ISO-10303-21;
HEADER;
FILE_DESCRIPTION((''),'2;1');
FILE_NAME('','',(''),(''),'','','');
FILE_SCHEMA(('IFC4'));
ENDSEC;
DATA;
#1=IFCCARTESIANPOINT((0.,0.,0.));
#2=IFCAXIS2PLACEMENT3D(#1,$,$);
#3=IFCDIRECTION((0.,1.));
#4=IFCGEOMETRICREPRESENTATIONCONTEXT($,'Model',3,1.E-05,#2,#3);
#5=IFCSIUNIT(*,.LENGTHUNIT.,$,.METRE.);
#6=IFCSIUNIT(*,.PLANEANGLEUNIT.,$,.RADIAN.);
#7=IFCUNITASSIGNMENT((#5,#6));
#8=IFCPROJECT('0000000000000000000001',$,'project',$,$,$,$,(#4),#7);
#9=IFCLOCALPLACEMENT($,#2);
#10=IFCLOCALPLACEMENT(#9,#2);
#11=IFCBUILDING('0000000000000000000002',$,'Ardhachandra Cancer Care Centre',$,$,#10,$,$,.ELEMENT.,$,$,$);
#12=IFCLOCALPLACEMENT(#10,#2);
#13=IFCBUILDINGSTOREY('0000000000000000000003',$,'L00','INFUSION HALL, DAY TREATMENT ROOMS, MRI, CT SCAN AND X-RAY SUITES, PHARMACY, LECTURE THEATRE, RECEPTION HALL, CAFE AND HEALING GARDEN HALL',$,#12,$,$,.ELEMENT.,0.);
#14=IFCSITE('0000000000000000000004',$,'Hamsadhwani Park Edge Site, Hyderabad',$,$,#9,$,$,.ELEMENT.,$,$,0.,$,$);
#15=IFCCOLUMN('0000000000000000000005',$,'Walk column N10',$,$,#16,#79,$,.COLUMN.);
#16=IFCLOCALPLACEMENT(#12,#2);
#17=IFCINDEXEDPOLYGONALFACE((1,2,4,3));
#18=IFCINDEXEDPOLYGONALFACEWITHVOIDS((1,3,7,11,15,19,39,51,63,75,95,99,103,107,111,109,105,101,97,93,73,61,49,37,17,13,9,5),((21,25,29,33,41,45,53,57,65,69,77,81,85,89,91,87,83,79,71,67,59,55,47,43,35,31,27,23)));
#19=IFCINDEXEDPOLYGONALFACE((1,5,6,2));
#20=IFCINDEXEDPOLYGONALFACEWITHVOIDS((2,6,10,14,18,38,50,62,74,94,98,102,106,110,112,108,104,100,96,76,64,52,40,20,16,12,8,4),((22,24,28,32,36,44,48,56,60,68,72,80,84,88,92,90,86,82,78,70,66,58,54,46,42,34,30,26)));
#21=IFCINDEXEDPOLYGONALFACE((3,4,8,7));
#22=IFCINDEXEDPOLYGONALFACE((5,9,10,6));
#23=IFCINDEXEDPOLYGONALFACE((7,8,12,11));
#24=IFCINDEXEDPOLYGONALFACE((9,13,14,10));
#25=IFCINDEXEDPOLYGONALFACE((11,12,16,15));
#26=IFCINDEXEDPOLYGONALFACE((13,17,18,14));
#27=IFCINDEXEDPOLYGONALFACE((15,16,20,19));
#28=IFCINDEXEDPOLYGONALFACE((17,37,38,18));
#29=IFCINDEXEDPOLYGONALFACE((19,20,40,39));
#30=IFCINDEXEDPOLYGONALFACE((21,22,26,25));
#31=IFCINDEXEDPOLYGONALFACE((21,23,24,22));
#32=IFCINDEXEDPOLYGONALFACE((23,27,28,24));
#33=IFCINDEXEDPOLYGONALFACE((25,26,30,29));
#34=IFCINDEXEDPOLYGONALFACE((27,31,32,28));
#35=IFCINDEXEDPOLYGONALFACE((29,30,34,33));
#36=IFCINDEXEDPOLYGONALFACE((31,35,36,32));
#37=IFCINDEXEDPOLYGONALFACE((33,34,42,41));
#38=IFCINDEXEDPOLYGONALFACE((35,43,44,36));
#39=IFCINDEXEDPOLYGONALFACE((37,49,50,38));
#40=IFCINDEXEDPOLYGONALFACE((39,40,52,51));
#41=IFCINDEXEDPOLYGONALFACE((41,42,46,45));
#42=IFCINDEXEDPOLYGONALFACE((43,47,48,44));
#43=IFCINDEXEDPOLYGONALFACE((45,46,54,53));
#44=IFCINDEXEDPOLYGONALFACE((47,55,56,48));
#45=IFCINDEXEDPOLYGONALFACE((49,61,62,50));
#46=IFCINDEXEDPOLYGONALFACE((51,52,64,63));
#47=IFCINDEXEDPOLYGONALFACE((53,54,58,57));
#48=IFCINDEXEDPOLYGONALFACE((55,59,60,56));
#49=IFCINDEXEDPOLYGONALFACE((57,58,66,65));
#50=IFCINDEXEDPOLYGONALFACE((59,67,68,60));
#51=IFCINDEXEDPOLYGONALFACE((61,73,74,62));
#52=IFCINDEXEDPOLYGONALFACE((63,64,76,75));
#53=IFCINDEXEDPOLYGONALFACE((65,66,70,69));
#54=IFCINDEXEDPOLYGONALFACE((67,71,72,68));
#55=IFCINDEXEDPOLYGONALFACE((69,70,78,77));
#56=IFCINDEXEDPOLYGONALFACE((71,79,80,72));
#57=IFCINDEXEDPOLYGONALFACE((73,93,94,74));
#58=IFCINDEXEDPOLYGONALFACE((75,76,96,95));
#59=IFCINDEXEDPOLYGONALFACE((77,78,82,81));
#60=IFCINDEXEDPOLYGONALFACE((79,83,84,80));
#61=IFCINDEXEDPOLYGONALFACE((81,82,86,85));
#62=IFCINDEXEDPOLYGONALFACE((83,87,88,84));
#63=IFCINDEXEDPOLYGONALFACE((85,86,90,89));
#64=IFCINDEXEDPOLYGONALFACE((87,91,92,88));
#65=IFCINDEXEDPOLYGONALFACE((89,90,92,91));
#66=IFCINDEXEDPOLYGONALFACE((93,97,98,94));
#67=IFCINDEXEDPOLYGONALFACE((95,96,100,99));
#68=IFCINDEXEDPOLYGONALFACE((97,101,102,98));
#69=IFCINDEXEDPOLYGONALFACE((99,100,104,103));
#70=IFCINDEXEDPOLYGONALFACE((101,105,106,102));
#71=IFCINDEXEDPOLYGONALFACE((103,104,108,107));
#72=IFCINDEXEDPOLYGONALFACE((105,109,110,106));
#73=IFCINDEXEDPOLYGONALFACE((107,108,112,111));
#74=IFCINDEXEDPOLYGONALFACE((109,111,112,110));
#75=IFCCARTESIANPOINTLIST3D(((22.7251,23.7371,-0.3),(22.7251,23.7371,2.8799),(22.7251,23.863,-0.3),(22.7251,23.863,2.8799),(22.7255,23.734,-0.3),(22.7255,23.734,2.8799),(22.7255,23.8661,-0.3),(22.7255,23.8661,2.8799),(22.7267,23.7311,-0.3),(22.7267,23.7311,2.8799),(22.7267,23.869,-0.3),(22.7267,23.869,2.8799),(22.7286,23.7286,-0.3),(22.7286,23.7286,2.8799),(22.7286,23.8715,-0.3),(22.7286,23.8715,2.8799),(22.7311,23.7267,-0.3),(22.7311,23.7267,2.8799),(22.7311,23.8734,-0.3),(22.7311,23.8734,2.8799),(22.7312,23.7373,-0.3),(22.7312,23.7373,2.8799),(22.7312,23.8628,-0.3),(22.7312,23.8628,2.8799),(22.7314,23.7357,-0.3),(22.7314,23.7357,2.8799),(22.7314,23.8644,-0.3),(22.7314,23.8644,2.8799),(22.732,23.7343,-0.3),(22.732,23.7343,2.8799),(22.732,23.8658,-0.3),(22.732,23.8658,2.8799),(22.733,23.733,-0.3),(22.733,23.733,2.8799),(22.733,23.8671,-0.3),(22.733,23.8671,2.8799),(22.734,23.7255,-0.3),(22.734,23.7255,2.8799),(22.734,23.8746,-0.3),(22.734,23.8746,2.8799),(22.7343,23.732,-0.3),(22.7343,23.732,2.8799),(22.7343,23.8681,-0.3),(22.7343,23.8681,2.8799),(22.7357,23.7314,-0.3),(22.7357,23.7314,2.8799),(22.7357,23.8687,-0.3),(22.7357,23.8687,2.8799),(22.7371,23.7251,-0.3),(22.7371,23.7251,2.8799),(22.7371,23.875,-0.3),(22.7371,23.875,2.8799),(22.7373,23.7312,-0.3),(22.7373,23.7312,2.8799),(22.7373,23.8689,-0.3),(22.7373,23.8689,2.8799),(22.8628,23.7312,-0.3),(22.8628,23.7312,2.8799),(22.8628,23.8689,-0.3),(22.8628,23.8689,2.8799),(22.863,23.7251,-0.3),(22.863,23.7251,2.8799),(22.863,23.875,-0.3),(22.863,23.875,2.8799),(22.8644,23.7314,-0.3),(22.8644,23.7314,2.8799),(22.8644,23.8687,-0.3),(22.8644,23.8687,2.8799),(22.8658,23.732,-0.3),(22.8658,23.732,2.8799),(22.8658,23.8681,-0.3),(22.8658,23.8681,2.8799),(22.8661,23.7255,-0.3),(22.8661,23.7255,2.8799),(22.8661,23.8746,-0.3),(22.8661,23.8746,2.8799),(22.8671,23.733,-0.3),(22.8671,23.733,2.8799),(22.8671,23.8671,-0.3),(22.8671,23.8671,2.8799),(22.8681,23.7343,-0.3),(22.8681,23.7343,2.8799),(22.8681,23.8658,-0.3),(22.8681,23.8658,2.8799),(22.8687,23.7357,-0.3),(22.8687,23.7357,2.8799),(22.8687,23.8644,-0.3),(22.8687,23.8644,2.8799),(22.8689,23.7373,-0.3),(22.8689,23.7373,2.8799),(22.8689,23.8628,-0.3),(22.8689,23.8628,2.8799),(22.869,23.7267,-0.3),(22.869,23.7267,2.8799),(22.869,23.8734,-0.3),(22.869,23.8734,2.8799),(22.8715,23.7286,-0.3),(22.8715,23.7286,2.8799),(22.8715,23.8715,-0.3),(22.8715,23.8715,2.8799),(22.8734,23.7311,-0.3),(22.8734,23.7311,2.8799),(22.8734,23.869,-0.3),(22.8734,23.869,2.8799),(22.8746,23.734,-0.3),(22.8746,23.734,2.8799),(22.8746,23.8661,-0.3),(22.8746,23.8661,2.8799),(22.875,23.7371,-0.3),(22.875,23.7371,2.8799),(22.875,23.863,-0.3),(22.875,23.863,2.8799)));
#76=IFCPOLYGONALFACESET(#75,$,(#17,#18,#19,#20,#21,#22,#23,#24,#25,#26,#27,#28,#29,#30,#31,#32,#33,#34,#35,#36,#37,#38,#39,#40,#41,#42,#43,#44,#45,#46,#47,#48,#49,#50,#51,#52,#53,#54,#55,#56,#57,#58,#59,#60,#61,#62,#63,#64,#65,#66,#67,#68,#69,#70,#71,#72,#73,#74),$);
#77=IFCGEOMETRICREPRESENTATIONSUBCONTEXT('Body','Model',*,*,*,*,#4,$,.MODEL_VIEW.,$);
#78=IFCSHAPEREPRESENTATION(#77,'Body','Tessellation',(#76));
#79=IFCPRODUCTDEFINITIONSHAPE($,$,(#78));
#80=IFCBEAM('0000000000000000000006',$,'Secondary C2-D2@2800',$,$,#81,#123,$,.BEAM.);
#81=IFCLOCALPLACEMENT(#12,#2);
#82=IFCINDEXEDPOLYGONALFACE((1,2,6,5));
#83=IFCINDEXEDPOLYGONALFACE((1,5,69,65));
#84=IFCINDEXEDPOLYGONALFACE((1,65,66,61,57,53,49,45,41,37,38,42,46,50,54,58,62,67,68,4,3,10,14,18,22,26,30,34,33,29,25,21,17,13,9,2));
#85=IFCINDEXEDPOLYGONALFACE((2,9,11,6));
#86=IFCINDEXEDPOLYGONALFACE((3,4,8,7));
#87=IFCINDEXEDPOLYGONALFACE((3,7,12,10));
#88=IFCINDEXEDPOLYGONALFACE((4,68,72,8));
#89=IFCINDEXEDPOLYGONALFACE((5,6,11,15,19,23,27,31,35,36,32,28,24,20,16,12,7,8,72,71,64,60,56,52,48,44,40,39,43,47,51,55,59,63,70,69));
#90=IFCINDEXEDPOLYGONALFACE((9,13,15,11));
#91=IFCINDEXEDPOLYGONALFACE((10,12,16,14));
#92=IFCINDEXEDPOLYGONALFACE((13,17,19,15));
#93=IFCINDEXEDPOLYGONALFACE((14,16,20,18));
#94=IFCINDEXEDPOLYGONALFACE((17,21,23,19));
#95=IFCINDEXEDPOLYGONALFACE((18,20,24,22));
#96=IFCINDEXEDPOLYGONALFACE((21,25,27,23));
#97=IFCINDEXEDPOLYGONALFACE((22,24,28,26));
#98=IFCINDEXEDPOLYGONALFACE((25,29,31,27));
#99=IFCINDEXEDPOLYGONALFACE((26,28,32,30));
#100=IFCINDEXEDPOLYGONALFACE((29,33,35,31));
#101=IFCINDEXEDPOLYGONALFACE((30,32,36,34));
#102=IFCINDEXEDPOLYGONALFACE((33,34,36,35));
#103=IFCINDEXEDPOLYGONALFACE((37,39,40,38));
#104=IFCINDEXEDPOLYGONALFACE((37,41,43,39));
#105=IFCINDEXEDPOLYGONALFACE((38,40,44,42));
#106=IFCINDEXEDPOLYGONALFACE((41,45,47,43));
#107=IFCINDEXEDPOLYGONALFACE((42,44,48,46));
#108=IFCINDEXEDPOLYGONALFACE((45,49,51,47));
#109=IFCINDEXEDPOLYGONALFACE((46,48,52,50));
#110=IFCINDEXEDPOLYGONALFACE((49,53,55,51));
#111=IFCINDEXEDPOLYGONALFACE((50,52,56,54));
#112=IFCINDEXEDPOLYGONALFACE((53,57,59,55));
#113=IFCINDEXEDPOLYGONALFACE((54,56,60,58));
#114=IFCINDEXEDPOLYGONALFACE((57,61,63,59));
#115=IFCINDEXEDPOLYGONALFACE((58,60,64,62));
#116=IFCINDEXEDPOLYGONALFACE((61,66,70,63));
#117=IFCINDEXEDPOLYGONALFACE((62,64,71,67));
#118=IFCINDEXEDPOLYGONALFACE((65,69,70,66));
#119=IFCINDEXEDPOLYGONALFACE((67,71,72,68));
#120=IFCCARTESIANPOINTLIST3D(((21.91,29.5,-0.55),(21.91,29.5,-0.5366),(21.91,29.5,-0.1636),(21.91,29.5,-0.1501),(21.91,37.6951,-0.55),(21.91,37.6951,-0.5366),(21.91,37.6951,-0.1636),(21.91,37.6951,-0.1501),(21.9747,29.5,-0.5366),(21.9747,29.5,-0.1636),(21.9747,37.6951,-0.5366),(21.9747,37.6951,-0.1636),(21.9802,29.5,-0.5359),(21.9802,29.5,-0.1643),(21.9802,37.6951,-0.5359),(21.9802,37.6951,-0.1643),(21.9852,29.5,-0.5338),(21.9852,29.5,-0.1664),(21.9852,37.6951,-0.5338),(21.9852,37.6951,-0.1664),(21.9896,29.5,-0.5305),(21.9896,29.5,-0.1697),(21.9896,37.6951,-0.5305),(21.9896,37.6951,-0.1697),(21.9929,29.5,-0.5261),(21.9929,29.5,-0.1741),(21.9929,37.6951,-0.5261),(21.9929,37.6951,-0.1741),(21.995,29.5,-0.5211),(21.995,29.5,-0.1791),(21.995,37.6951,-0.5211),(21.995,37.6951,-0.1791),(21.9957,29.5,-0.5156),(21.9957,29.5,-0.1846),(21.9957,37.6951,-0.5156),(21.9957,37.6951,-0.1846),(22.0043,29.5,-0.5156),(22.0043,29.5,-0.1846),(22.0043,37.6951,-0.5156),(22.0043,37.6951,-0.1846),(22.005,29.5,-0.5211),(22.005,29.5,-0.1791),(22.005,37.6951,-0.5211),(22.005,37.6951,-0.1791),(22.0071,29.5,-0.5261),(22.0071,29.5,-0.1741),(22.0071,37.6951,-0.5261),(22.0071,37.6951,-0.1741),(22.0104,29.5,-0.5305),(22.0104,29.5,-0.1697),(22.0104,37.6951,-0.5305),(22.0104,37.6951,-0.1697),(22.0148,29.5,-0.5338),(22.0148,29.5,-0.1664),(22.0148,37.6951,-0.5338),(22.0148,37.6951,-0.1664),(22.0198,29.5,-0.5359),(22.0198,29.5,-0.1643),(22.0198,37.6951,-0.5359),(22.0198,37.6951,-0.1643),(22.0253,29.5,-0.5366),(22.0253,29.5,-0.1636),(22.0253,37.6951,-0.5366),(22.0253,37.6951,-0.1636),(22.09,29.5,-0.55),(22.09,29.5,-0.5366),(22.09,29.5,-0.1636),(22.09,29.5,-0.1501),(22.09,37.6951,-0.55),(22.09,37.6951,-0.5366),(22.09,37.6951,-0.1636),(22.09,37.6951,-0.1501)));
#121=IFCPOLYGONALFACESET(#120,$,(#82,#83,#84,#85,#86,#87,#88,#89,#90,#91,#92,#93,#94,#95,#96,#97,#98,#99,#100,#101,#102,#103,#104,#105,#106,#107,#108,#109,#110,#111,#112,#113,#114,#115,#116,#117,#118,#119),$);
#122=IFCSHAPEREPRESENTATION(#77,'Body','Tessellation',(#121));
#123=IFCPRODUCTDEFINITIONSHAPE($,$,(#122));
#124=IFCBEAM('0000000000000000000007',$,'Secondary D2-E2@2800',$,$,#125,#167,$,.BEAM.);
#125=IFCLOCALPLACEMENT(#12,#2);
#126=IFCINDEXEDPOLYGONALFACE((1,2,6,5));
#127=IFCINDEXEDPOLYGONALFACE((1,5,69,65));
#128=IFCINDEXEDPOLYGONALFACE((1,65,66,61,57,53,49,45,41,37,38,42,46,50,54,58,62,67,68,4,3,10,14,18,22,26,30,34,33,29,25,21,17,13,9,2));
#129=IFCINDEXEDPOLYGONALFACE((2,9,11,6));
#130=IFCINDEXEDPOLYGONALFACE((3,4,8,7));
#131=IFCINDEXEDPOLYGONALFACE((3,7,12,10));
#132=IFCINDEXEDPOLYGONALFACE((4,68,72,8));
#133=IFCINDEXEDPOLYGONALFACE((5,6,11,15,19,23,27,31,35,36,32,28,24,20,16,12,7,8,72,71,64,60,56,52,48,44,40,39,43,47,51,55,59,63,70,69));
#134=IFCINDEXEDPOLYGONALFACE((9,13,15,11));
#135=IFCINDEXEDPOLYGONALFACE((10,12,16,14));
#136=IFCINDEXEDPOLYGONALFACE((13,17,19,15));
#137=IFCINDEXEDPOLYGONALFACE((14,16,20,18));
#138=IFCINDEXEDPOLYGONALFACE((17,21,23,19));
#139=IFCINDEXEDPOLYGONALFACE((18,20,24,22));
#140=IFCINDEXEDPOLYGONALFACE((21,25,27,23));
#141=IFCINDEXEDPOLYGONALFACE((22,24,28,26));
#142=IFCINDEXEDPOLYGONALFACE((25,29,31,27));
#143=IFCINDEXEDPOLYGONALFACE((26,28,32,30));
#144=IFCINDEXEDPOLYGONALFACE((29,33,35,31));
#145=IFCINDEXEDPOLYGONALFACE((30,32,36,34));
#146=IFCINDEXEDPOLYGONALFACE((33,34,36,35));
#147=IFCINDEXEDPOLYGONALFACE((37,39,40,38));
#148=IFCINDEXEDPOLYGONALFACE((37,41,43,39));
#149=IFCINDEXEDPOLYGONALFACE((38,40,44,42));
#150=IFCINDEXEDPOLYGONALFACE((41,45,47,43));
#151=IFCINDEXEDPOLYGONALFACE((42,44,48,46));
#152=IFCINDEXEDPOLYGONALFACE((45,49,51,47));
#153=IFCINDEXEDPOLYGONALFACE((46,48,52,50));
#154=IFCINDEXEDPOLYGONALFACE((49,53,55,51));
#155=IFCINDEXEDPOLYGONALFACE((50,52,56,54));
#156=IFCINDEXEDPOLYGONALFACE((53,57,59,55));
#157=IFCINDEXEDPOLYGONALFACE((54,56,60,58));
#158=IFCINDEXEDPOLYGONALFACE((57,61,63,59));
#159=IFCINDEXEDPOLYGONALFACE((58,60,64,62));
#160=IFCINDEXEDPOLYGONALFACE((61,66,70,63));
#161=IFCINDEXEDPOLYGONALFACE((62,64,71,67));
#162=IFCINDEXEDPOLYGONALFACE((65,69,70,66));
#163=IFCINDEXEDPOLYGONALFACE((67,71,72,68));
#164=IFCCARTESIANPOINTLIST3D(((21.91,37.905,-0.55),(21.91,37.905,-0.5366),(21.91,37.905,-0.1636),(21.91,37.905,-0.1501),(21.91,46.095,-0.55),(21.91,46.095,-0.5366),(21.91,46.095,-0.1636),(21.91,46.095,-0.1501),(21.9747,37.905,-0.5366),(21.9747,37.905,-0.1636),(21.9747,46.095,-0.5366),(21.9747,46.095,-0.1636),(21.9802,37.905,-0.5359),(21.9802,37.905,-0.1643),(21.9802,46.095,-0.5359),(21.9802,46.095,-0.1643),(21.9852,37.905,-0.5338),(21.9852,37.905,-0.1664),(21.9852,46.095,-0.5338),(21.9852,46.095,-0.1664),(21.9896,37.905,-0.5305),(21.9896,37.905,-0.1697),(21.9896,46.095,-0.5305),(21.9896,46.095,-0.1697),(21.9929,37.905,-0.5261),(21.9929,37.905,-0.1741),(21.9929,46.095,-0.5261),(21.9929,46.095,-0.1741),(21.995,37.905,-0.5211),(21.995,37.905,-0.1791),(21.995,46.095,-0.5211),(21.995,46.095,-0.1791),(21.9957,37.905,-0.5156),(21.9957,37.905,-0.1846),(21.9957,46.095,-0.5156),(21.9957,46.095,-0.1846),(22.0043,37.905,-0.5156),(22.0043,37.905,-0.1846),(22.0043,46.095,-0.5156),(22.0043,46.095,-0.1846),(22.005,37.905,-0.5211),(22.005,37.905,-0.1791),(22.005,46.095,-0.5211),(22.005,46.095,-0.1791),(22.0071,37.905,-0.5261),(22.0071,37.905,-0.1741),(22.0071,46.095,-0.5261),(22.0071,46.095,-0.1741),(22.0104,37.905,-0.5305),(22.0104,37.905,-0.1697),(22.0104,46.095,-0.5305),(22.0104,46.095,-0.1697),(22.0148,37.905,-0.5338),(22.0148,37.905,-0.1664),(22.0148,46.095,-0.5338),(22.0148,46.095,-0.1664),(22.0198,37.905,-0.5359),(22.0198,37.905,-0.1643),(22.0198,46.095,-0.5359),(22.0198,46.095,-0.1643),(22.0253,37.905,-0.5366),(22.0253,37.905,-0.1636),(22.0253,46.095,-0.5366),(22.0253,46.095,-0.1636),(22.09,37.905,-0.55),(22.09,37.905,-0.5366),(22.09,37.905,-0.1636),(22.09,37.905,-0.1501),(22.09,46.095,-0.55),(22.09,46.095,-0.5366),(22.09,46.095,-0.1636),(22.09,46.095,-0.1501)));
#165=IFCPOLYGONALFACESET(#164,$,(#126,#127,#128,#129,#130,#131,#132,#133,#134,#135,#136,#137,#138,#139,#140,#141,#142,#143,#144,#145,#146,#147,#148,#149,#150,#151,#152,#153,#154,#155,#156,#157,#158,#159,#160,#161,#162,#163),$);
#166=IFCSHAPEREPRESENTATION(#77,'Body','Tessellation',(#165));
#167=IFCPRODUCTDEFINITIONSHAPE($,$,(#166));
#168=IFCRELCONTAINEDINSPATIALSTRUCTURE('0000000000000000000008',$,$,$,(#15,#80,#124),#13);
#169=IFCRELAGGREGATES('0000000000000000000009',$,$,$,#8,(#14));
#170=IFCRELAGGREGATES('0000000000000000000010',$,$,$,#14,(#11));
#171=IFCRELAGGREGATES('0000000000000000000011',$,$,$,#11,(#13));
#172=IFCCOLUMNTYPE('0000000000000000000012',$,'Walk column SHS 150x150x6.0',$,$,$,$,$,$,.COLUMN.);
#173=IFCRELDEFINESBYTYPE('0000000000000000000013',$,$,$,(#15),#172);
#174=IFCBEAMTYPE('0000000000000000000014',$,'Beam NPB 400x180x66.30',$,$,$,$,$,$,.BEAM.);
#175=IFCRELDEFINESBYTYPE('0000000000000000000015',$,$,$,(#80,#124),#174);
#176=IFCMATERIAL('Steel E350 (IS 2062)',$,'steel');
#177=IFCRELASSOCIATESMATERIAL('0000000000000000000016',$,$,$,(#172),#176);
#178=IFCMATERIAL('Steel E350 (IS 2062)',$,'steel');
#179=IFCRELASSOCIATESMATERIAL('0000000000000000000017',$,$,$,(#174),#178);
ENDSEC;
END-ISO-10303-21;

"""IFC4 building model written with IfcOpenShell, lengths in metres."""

from ifc_helpers import new_model, si_unit, direction, frame, origin, origin_2d, place, context, subcontext, project, spatial, hollow_rectangle, i_section, extrude, material, material_profile, profile_set, type_object, element, save


model = new_model("IFC4")

# Units and contexts
model_context = context("Model", 3, precision=1e-05, world=origin(), true_north=direction((0.0, 1.0)))
body_context = subcontext(model_context, "Body", "Model", "MODEL_VIEW")
ifc_project = project(units=[si_unit("LENGTHUNIT", "METRE"), si_unit("PLANEANGLEUNIT", "RADIAN")], contexts=[model_context])

# Site, building, storey
site_placement = place(None, origin())
site = spatial("IfcSite", under=ifc_project, at=site_placement, Name="Hamsadhwani Park Edge Site, Hyderabad", CompositionType="ELEMENT", RefElevation=0.0)
building_placement = place(site_placement, origin())
building = spatial("IfcBuilding", under=site, at=building_placement, Name="Ardhachandra Cancer Care Centre", CompositionType="ELEMENT")
storey_placement = place(building_placement, origin())
storey = spatial("IfcBuildingStorey", under=building, at=storey_placement, Name="L00", Description="INFUSION HALL, DAY TREATMENT ROOMS, MRI, CT SCAN AND X-RAY SUITES, PHARMACY, LECTURE THEATRE, RECEPTION HALL, CAFE AND HEALING GARDEN HALL", CompositionType="ELEMENT", Elevation=0.0)

# Column
ifc_material_1 = material(Name="Steel E350 (IS 2062)", Category="steel")
ifc_material_profile_1 = material_profile(ifc_material_1, hollow_rectangle(XDim=0.1499, YDim=0.1499, WallThickness=0.0061, InnerFilletRadius=0.0061, OuterFilletRadius=0.012, at=origin_2d()), Name="SHS 150x150x6.0")
ifc_profile_set_1 = profile_set([ifc_material_profile_1], Name="Steel E350 (IS 2062)")
column_type_1 = type_object("IfcColumnType", Name="Walk column SHS 150x150x6.0", PredefinedType="COLUMN", material=ifc_profile_set_1)
column_1_placement = place(storey_placement, frame((22.8, 23.8, -0.3), z_axis=(0.0, 0.0, 1.0), x_axis=(1.0, 0.0, 0.0)))
element("IfcColumn", 1, at=column_1_placement, inside=storey, type_object=column_type_1, Name="Walk column N10", PredefinedType="COLUMN", context=body_context, shape_type="SweptSolid", body=[
    extrude(hollow_rectangle(XDim=0.1499, YDim=0.1499, WallThickness=0.0061, InnerFilletRadius=0.0061, OuterFilletRadius=0.012, at=origin_2d()), origin(), (0.0, 0.0, 1.0), 3.1799),
])

# Beams
ifc_material_2 = material(Name="Steel E350 (IS 2062)", Category="steel")
ifc_material_profile_2 = material_profile(ifc_material_2, i_section(OverallWidth=0.1799, OverallDepth=0.3999, WebThickness=0.0085, FlangeThickness=0.0134, FilletRadius=0.021, at=origin_2d()), Name="NPB 400x180x66.30")
ifc_profile_set_2 = profile_set([ifc_material_profile_2], Name="Steel E350 (IS 2062)")
beam_type_1 = type_object("IfcBeamType", Name="Beam NPB 400x180x66.30", PredefinedType="BEAM", material=ifc_profile_set_2)
beam_1_placement = place(storey_placement, frame((22.0, 29.5, -0.3501), z_axis=(0.0, 1.0, 0.0), x_axis=(-1.0, 0.0, 0.0)))
element("IfcBeam", 2, at=beam_1_placement, inside=storey, type_object=beam_type_1, Name="Secondary C2-D2@2800", PredefinedType="BEAM", context=body_context, shape_type="SweptSolid", body=[
    extrude(i_section(OverallWidth=0.1799, OverallDepth=0.3999, WebThickness=0.0085, FlangeThickness=0.0134, FilletRadius=0.021, at=origin_2d()), origin(), (0.0, 0.0, 1.0), 8.1951),
])
beam_2_placement = place(storey_placement, frame((22.0, 37.905, -0.3501), z_axis=(0.0, 1.0, 0.0), x_axis=(-1.0, 0.0, 0.0)))
element("IfcBeam", 3, at=beam_2_placement, inside=storey, type_object=beam_type_1, Name="Secondary D2-E2@2800", PredefinedType="BEAM", context=body_context, shape_type="SweptSolid", body=[
    extrude(i_section(OverallWidth=0.1799, OverallDepth=0.3999, WebThickness=0.0085, FlangeThickness=0.0134, FilletRadius=0.021, at=origin_2d()), origin(), (0.0, 0.0, 1.0), 8.1899),
])

save(model, "model.ifc")
